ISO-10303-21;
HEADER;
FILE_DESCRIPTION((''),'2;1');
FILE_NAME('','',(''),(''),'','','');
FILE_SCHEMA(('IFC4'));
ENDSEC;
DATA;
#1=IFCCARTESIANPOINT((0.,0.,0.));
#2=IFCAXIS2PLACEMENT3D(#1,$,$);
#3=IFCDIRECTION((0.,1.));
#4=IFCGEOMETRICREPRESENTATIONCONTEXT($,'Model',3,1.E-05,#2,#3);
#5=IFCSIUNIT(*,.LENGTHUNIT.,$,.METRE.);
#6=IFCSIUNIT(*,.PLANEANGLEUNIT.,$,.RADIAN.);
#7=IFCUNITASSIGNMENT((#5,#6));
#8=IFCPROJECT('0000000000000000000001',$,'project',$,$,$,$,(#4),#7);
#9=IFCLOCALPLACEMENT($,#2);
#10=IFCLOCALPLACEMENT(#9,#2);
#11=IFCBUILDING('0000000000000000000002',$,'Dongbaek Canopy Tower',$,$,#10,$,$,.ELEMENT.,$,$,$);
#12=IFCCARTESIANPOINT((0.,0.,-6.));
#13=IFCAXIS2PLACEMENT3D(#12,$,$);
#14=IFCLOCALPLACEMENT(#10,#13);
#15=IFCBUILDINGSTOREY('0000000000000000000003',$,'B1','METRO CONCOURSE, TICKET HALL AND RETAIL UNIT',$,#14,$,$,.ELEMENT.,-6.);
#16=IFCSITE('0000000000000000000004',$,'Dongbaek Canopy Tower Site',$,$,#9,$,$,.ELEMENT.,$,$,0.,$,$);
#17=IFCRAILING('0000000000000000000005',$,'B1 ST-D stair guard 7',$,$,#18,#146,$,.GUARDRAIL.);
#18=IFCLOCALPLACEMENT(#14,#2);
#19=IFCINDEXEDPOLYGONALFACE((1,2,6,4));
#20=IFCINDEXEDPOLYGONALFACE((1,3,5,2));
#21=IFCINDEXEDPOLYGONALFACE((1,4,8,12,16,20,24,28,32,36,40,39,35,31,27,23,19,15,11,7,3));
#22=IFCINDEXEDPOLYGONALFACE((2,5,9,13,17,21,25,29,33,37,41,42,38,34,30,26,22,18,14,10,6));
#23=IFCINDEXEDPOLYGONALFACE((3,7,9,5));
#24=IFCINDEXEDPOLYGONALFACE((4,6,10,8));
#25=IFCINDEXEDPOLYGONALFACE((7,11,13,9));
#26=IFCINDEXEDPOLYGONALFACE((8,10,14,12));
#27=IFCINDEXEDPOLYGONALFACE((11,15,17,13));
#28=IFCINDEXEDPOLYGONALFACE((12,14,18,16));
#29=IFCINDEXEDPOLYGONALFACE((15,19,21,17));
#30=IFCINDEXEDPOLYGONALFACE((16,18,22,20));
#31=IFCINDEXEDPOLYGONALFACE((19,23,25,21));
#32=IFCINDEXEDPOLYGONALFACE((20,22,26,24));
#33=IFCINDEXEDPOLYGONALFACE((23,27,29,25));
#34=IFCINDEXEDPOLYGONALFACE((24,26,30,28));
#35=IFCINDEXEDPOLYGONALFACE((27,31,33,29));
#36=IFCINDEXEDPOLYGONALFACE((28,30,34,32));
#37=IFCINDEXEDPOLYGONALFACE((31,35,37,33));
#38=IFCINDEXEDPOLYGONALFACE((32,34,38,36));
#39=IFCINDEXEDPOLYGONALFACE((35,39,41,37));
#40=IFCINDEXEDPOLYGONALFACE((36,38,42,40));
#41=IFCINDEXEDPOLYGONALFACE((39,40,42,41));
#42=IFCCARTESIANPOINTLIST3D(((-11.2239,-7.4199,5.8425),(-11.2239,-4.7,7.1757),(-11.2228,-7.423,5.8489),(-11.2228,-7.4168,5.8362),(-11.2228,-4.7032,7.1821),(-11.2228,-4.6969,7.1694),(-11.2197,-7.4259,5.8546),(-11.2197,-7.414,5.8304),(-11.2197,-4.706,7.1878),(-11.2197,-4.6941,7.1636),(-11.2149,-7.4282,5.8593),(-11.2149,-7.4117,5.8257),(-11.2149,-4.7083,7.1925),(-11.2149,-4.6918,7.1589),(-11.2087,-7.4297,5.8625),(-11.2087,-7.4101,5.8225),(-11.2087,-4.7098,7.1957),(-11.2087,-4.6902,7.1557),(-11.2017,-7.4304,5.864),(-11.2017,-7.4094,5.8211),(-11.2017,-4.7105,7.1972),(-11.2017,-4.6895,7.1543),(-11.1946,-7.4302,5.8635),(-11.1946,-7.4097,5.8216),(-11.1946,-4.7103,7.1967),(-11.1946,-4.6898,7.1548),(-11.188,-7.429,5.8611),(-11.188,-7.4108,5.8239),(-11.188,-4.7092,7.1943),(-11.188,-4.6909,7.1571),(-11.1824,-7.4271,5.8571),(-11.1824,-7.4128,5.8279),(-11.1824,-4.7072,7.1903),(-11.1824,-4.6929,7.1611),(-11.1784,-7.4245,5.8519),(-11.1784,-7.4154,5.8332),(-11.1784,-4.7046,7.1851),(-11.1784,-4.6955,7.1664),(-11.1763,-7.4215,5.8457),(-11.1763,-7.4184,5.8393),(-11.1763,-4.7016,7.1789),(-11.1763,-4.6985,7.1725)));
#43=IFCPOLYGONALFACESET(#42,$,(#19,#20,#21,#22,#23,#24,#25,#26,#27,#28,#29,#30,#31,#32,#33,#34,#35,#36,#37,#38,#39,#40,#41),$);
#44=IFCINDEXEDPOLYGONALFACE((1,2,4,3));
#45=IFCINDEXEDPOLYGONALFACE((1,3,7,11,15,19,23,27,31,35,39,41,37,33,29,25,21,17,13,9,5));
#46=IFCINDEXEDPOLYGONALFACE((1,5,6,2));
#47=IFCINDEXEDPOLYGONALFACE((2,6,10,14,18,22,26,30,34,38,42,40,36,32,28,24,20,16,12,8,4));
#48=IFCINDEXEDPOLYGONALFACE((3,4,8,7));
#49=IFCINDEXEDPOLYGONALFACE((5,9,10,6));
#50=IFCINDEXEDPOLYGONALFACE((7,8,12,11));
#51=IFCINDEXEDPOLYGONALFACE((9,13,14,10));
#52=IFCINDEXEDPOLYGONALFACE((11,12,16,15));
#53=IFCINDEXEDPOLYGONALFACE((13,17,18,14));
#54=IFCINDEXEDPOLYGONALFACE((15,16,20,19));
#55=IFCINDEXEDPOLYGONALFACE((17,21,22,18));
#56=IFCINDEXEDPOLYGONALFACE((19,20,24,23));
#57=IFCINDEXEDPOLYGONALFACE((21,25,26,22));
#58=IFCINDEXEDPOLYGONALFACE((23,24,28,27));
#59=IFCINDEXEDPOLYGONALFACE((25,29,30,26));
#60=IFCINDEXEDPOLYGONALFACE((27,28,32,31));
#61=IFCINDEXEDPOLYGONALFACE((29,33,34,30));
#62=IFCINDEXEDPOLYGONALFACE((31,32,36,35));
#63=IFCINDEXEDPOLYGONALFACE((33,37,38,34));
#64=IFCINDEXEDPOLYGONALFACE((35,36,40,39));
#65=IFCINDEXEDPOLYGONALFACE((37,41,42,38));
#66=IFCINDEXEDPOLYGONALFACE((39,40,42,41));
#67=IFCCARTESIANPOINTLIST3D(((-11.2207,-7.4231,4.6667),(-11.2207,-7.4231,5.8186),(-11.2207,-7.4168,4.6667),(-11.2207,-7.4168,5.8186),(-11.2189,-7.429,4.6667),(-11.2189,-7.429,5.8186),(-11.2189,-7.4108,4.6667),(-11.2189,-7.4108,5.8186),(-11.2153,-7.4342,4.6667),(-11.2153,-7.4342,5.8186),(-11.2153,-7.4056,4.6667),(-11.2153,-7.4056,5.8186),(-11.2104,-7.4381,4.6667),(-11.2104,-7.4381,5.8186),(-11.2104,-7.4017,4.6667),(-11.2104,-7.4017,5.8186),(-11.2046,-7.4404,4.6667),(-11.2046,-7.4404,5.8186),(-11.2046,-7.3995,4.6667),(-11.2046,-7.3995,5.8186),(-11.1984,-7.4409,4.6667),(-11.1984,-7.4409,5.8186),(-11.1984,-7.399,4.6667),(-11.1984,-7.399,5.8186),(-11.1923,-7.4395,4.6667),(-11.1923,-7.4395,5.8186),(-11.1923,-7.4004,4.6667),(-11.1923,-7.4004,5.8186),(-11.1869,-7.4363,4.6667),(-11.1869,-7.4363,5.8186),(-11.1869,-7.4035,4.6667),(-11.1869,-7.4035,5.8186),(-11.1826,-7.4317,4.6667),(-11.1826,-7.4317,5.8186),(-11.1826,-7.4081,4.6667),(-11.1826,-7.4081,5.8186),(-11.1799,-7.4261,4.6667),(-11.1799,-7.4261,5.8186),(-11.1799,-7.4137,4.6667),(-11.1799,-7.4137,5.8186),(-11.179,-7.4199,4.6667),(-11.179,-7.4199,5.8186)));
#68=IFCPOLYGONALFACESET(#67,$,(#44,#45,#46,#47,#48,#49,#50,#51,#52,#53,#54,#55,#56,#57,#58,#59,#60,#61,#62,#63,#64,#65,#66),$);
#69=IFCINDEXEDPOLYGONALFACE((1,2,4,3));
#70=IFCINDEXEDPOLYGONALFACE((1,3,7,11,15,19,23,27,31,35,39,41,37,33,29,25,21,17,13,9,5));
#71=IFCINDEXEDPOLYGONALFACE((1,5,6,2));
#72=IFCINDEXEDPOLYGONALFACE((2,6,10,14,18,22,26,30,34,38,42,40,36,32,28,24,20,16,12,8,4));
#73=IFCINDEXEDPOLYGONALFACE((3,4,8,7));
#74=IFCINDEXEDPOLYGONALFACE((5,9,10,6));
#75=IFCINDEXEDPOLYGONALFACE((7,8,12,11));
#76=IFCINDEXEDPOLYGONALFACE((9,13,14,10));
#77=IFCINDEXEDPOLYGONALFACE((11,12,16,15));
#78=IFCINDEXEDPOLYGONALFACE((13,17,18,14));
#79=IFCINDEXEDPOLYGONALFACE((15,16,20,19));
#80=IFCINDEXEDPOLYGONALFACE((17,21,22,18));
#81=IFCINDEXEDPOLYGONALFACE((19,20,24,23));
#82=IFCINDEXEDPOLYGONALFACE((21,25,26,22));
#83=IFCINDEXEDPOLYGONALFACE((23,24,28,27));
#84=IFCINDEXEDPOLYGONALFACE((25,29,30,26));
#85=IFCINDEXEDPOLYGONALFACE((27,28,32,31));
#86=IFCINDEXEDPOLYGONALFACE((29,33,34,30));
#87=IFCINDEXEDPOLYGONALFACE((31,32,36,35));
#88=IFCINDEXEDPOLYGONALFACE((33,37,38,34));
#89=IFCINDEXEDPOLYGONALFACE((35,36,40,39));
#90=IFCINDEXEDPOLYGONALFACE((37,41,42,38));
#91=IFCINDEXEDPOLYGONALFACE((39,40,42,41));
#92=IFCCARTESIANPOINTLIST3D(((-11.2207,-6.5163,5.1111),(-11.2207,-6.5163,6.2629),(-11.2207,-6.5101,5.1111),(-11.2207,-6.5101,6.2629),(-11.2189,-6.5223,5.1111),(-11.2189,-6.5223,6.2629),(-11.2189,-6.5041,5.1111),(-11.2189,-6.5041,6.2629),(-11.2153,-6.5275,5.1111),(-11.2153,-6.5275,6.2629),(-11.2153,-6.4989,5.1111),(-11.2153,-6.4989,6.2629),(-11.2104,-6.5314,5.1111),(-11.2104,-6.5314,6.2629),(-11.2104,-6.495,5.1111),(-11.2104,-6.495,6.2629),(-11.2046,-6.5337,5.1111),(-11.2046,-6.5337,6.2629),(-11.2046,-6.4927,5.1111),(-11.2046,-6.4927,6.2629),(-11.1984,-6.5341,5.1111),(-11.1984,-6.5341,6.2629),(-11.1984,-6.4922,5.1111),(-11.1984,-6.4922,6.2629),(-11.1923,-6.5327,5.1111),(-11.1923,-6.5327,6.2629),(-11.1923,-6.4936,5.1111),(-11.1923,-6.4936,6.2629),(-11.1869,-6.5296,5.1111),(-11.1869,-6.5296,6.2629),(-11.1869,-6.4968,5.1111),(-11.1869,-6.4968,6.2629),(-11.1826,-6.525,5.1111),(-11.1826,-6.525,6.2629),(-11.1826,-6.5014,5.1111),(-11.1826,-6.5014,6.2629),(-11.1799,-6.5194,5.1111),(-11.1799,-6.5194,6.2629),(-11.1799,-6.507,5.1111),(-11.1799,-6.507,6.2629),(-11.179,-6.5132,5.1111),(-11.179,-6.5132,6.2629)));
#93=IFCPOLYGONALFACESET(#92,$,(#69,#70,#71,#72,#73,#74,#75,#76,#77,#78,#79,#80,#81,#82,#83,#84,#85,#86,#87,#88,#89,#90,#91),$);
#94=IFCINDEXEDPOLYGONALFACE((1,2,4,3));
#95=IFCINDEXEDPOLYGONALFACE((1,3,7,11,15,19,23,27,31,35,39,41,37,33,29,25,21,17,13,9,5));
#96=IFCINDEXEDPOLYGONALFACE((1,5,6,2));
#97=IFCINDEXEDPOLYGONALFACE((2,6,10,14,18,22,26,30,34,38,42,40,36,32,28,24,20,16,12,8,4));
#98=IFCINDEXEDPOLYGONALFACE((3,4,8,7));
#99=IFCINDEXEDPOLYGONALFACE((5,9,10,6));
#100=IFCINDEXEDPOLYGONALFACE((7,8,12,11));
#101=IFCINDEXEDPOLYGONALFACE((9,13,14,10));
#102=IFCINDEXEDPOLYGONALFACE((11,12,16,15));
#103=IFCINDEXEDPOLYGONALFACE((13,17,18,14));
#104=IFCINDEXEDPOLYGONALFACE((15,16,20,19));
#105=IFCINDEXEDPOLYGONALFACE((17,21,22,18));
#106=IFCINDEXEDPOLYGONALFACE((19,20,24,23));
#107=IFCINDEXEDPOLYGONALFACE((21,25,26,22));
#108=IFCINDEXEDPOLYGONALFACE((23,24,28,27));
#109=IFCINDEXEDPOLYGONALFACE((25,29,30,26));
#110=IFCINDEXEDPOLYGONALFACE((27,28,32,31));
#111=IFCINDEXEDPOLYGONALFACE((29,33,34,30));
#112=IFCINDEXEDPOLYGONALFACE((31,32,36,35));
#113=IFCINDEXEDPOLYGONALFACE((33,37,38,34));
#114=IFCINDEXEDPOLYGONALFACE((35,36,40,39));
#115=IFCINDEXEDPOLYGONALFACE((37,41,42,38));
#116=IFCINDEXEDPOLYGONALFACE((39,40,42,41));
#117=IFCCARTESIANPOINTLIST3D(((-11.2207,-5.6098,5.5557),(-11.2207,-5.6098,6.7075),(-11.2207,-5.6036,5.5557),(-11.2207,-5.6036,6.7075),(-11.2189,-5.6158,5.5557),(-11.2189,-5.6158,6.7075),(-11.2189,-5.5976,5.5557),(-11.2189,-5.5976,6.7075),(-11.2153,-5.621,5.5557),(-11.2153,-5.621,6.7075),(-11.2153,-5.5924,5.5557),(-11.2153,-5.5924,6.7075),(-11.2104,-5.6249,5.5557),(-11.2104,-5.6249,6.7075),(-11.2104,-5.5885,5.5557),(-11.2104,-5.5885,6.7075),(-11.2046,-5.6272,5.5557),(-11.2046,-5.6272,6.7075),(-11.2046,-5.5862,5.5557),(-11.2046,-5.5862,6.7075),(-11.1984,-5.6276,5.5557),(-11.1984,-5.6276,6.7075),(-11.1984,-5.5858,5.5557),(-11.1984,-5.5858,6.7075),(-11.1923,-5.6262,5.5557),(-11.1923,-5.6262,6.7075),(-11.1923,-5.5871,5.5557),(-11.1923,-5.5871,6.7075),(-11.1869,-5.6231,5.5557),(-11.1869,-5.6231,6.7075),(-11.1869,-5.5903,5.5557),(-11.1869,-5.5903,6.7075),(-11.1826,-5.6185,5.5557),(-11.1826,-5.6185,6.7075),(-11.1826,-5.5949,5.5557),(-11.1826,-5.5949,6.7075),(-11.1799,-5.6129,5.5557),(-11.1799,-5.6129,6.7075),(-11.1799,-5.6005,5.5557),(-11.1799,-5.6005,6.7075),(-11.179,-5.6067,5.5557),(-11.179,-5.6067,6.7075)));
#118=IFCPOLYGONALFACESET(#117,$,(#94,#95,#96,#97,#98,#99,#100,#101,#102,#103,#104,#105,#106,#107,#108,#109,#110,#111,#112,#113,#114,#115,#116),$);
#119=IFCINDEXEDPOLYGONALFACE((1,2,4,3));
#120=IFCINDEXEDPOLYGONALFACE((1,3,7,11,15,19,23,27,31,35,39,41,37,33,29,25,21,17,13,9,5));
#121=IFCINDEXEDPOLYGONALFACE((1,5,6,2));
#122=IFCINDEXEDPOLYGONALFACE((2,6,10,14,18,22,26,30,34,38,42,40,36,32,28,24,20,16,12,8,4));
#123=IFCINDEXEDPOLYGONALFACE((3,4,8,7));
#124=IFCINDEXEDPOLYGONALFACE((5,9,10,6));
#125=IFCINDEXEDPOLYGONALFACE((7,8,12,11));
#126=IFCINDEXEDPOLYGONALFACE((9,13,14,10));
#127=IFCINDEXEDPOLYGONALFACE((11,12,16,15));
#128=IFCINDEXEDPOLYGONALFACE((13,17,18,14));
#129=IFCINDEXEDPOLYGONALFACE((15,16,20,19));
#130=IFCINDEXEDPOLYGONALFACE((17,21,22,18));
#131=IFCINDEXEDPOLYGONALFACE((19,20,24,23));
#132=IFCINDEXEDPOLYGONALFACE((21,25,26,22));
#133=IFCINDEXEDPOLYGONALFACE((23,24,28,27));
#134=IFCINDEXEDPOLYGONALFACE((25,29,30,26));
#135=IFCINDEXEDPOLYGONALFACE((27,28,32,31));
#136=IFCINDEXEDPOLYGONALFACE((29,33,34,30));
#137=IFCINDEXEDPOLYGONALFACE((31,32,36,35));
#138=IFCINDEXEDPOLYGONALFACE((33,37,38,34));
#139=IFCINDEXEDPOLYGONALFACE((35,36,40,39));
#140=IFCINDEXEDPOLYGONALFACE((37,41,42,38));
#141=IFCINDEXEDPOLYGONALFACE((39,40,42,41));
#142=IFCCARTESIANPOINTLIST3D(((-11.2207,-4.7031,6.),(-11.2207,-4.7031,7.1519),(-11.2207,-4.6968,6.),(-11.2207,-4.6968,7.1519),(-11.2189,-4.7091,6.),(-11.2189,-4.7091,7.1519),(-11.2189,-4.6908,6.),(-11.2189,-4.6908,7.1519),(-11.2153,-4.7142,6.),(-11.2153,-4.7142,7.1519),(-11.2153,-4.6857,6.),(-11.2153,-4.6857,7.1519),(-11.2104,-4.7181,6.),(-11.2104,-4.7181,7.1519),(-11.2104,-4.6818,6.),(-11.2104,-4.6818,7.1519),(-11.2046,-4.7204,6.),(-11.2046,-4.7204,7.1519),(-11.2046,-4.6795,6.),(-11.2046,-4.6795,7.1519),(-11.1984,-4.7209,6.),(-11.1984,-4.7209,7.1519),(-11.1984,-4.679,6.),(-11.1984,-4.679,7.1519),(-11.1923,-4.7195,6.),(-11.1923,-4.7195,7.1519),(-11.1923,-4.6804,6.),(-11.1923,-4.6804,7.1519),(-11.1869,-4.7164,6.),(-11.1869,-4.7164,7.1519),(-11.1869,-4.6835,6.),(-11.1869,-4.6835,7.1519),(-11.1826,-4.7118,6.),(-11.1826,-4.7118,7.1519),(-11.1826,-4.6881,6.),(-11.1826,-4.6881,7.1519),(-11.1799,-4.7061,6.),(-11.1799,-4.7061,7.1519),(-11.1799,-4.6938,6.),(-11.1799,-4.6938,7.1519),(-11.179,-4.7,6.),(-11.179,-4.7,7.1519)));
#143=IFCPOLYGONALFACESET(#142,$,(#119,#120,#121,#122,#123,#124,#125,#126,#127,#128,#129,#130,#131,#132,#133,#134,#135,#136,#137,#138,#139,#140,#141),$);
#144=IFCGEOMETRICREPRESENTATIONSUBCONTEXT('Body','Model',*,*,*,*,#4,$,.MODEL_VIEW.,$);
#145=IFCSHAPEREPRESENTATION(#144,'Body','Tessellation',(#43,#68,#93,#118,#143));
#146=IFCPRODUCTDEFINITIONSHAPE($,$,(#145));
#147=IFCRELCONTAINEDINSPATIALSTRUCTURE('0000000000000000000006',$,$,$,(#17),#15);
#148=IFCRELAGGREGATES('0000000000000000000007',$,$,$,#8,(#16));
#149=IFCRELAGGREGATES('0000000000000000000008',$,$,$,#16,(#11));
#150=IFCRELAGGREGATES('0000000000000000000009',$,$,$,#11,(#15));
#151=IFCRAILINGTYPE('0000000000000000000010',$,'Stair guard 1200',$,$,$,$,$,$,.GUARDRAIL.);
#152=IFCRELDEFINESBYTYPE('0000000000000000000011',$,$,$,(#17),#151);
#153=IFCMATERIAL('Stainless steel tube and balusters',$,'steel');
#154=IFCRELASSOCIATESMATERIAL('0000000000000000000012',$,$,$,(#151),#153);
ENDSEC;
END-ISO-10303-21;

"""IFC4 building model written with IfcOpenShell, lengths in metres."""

from ifc_helpers import new_model, si_unit, direction, frame, origin, origin_2d, place, context, subcontext, project, spatial, circle, extrude, material, type_object, element, save


model = new_model("IFC4")

# Units and contexts
model_context = context("Model", 3, precision=1e-05, world=origin(), true_north=direction((0.0, 1.0)))
body_context = subcontext(model_context, "Body", "Model", "MODEL_VIEW")
ifc_project = project(units=[si_unit("LENGTHUNIT", "METRE"), si_unit("PLANEANGLEUNIT", "RADIAN")], contexts=[model_context])

# Site, building, storey
site_placement = place(None, origin())
site = spatial("IfcSite", under=ifc_project, at=site_placement, Name="Dongbaek Canopy Tower Site", CompositionType="ELEMENT", RefElevation=0.0)
building_placement = place(site_placement, origin())
building = spatial("IfcBuilding", under=site, at=building_placement, Name="Dongbaek Canopy Tower", CompositionType="ELEMENT")
storey_placement = place(building_placement, frame((0.0, 0.0, -6.0)))
storey = spatial("IfcBuildingStorey", under=building, at=storey_placement, Name="B1", Description="METRO CONCOURSE, TICKET HALL AND RETAIL UNIT", CompositionType="ELEMENT", Elevation=-6.0)

# Railing
ifc_material_1 = material(Name="Stainless steel tube and balusters", Category="steel")
railing_type_1 = type_object("IfcRailingType", Name="Stair guard 1200", PredefinedType="GUARDRAIL", material=ifc_material_1)
railing_1_placement = place(storey_placement, frame((-11.2, -7.4199, 4.6667)))
element("IfcRailing", 1, at=railing_1_placement, inside=storey, type_object=railing_type_1, Name="B1 ST-D stair guard 7", PredefinedType="GUARDRAIL", context=body_context, shape_type="SweptSolid", body=[
    extrude(circle(Radius=0.0239, at=origin_2d()), frame((0.0, 0.0, 1.1758), z_axis=(0.0, 0.897929, 0.440139), x_axis=(-1.0, 0.0, 0.0)), (0.0, 0.0, 1.0), 3.0291),
    extrude(circle(Radius=0.021, at=origin_2d()), origin(), (0.0, 0.0, 1.0), 1.1519),
    extrude(circle(Radius=0.021, at=origin_2d()), frame((0.0, 0.9067, 0.4443)), (0.0, 0.0, 1.0), 1.1519),
    extrude(circle(Radius=0.021, at=origin_2d()), frame((0.0, 1.8132, 0.8889)), (0.0, 0.0, 1.0), 1.1519),
    extrude(circle(Radius=0.021, at=origin_2d()), frame((0.0, 2.72, 1.3333)), (0.0, 0.0, 1.0), 1.1519),
])

save(model, "model.ifc")
